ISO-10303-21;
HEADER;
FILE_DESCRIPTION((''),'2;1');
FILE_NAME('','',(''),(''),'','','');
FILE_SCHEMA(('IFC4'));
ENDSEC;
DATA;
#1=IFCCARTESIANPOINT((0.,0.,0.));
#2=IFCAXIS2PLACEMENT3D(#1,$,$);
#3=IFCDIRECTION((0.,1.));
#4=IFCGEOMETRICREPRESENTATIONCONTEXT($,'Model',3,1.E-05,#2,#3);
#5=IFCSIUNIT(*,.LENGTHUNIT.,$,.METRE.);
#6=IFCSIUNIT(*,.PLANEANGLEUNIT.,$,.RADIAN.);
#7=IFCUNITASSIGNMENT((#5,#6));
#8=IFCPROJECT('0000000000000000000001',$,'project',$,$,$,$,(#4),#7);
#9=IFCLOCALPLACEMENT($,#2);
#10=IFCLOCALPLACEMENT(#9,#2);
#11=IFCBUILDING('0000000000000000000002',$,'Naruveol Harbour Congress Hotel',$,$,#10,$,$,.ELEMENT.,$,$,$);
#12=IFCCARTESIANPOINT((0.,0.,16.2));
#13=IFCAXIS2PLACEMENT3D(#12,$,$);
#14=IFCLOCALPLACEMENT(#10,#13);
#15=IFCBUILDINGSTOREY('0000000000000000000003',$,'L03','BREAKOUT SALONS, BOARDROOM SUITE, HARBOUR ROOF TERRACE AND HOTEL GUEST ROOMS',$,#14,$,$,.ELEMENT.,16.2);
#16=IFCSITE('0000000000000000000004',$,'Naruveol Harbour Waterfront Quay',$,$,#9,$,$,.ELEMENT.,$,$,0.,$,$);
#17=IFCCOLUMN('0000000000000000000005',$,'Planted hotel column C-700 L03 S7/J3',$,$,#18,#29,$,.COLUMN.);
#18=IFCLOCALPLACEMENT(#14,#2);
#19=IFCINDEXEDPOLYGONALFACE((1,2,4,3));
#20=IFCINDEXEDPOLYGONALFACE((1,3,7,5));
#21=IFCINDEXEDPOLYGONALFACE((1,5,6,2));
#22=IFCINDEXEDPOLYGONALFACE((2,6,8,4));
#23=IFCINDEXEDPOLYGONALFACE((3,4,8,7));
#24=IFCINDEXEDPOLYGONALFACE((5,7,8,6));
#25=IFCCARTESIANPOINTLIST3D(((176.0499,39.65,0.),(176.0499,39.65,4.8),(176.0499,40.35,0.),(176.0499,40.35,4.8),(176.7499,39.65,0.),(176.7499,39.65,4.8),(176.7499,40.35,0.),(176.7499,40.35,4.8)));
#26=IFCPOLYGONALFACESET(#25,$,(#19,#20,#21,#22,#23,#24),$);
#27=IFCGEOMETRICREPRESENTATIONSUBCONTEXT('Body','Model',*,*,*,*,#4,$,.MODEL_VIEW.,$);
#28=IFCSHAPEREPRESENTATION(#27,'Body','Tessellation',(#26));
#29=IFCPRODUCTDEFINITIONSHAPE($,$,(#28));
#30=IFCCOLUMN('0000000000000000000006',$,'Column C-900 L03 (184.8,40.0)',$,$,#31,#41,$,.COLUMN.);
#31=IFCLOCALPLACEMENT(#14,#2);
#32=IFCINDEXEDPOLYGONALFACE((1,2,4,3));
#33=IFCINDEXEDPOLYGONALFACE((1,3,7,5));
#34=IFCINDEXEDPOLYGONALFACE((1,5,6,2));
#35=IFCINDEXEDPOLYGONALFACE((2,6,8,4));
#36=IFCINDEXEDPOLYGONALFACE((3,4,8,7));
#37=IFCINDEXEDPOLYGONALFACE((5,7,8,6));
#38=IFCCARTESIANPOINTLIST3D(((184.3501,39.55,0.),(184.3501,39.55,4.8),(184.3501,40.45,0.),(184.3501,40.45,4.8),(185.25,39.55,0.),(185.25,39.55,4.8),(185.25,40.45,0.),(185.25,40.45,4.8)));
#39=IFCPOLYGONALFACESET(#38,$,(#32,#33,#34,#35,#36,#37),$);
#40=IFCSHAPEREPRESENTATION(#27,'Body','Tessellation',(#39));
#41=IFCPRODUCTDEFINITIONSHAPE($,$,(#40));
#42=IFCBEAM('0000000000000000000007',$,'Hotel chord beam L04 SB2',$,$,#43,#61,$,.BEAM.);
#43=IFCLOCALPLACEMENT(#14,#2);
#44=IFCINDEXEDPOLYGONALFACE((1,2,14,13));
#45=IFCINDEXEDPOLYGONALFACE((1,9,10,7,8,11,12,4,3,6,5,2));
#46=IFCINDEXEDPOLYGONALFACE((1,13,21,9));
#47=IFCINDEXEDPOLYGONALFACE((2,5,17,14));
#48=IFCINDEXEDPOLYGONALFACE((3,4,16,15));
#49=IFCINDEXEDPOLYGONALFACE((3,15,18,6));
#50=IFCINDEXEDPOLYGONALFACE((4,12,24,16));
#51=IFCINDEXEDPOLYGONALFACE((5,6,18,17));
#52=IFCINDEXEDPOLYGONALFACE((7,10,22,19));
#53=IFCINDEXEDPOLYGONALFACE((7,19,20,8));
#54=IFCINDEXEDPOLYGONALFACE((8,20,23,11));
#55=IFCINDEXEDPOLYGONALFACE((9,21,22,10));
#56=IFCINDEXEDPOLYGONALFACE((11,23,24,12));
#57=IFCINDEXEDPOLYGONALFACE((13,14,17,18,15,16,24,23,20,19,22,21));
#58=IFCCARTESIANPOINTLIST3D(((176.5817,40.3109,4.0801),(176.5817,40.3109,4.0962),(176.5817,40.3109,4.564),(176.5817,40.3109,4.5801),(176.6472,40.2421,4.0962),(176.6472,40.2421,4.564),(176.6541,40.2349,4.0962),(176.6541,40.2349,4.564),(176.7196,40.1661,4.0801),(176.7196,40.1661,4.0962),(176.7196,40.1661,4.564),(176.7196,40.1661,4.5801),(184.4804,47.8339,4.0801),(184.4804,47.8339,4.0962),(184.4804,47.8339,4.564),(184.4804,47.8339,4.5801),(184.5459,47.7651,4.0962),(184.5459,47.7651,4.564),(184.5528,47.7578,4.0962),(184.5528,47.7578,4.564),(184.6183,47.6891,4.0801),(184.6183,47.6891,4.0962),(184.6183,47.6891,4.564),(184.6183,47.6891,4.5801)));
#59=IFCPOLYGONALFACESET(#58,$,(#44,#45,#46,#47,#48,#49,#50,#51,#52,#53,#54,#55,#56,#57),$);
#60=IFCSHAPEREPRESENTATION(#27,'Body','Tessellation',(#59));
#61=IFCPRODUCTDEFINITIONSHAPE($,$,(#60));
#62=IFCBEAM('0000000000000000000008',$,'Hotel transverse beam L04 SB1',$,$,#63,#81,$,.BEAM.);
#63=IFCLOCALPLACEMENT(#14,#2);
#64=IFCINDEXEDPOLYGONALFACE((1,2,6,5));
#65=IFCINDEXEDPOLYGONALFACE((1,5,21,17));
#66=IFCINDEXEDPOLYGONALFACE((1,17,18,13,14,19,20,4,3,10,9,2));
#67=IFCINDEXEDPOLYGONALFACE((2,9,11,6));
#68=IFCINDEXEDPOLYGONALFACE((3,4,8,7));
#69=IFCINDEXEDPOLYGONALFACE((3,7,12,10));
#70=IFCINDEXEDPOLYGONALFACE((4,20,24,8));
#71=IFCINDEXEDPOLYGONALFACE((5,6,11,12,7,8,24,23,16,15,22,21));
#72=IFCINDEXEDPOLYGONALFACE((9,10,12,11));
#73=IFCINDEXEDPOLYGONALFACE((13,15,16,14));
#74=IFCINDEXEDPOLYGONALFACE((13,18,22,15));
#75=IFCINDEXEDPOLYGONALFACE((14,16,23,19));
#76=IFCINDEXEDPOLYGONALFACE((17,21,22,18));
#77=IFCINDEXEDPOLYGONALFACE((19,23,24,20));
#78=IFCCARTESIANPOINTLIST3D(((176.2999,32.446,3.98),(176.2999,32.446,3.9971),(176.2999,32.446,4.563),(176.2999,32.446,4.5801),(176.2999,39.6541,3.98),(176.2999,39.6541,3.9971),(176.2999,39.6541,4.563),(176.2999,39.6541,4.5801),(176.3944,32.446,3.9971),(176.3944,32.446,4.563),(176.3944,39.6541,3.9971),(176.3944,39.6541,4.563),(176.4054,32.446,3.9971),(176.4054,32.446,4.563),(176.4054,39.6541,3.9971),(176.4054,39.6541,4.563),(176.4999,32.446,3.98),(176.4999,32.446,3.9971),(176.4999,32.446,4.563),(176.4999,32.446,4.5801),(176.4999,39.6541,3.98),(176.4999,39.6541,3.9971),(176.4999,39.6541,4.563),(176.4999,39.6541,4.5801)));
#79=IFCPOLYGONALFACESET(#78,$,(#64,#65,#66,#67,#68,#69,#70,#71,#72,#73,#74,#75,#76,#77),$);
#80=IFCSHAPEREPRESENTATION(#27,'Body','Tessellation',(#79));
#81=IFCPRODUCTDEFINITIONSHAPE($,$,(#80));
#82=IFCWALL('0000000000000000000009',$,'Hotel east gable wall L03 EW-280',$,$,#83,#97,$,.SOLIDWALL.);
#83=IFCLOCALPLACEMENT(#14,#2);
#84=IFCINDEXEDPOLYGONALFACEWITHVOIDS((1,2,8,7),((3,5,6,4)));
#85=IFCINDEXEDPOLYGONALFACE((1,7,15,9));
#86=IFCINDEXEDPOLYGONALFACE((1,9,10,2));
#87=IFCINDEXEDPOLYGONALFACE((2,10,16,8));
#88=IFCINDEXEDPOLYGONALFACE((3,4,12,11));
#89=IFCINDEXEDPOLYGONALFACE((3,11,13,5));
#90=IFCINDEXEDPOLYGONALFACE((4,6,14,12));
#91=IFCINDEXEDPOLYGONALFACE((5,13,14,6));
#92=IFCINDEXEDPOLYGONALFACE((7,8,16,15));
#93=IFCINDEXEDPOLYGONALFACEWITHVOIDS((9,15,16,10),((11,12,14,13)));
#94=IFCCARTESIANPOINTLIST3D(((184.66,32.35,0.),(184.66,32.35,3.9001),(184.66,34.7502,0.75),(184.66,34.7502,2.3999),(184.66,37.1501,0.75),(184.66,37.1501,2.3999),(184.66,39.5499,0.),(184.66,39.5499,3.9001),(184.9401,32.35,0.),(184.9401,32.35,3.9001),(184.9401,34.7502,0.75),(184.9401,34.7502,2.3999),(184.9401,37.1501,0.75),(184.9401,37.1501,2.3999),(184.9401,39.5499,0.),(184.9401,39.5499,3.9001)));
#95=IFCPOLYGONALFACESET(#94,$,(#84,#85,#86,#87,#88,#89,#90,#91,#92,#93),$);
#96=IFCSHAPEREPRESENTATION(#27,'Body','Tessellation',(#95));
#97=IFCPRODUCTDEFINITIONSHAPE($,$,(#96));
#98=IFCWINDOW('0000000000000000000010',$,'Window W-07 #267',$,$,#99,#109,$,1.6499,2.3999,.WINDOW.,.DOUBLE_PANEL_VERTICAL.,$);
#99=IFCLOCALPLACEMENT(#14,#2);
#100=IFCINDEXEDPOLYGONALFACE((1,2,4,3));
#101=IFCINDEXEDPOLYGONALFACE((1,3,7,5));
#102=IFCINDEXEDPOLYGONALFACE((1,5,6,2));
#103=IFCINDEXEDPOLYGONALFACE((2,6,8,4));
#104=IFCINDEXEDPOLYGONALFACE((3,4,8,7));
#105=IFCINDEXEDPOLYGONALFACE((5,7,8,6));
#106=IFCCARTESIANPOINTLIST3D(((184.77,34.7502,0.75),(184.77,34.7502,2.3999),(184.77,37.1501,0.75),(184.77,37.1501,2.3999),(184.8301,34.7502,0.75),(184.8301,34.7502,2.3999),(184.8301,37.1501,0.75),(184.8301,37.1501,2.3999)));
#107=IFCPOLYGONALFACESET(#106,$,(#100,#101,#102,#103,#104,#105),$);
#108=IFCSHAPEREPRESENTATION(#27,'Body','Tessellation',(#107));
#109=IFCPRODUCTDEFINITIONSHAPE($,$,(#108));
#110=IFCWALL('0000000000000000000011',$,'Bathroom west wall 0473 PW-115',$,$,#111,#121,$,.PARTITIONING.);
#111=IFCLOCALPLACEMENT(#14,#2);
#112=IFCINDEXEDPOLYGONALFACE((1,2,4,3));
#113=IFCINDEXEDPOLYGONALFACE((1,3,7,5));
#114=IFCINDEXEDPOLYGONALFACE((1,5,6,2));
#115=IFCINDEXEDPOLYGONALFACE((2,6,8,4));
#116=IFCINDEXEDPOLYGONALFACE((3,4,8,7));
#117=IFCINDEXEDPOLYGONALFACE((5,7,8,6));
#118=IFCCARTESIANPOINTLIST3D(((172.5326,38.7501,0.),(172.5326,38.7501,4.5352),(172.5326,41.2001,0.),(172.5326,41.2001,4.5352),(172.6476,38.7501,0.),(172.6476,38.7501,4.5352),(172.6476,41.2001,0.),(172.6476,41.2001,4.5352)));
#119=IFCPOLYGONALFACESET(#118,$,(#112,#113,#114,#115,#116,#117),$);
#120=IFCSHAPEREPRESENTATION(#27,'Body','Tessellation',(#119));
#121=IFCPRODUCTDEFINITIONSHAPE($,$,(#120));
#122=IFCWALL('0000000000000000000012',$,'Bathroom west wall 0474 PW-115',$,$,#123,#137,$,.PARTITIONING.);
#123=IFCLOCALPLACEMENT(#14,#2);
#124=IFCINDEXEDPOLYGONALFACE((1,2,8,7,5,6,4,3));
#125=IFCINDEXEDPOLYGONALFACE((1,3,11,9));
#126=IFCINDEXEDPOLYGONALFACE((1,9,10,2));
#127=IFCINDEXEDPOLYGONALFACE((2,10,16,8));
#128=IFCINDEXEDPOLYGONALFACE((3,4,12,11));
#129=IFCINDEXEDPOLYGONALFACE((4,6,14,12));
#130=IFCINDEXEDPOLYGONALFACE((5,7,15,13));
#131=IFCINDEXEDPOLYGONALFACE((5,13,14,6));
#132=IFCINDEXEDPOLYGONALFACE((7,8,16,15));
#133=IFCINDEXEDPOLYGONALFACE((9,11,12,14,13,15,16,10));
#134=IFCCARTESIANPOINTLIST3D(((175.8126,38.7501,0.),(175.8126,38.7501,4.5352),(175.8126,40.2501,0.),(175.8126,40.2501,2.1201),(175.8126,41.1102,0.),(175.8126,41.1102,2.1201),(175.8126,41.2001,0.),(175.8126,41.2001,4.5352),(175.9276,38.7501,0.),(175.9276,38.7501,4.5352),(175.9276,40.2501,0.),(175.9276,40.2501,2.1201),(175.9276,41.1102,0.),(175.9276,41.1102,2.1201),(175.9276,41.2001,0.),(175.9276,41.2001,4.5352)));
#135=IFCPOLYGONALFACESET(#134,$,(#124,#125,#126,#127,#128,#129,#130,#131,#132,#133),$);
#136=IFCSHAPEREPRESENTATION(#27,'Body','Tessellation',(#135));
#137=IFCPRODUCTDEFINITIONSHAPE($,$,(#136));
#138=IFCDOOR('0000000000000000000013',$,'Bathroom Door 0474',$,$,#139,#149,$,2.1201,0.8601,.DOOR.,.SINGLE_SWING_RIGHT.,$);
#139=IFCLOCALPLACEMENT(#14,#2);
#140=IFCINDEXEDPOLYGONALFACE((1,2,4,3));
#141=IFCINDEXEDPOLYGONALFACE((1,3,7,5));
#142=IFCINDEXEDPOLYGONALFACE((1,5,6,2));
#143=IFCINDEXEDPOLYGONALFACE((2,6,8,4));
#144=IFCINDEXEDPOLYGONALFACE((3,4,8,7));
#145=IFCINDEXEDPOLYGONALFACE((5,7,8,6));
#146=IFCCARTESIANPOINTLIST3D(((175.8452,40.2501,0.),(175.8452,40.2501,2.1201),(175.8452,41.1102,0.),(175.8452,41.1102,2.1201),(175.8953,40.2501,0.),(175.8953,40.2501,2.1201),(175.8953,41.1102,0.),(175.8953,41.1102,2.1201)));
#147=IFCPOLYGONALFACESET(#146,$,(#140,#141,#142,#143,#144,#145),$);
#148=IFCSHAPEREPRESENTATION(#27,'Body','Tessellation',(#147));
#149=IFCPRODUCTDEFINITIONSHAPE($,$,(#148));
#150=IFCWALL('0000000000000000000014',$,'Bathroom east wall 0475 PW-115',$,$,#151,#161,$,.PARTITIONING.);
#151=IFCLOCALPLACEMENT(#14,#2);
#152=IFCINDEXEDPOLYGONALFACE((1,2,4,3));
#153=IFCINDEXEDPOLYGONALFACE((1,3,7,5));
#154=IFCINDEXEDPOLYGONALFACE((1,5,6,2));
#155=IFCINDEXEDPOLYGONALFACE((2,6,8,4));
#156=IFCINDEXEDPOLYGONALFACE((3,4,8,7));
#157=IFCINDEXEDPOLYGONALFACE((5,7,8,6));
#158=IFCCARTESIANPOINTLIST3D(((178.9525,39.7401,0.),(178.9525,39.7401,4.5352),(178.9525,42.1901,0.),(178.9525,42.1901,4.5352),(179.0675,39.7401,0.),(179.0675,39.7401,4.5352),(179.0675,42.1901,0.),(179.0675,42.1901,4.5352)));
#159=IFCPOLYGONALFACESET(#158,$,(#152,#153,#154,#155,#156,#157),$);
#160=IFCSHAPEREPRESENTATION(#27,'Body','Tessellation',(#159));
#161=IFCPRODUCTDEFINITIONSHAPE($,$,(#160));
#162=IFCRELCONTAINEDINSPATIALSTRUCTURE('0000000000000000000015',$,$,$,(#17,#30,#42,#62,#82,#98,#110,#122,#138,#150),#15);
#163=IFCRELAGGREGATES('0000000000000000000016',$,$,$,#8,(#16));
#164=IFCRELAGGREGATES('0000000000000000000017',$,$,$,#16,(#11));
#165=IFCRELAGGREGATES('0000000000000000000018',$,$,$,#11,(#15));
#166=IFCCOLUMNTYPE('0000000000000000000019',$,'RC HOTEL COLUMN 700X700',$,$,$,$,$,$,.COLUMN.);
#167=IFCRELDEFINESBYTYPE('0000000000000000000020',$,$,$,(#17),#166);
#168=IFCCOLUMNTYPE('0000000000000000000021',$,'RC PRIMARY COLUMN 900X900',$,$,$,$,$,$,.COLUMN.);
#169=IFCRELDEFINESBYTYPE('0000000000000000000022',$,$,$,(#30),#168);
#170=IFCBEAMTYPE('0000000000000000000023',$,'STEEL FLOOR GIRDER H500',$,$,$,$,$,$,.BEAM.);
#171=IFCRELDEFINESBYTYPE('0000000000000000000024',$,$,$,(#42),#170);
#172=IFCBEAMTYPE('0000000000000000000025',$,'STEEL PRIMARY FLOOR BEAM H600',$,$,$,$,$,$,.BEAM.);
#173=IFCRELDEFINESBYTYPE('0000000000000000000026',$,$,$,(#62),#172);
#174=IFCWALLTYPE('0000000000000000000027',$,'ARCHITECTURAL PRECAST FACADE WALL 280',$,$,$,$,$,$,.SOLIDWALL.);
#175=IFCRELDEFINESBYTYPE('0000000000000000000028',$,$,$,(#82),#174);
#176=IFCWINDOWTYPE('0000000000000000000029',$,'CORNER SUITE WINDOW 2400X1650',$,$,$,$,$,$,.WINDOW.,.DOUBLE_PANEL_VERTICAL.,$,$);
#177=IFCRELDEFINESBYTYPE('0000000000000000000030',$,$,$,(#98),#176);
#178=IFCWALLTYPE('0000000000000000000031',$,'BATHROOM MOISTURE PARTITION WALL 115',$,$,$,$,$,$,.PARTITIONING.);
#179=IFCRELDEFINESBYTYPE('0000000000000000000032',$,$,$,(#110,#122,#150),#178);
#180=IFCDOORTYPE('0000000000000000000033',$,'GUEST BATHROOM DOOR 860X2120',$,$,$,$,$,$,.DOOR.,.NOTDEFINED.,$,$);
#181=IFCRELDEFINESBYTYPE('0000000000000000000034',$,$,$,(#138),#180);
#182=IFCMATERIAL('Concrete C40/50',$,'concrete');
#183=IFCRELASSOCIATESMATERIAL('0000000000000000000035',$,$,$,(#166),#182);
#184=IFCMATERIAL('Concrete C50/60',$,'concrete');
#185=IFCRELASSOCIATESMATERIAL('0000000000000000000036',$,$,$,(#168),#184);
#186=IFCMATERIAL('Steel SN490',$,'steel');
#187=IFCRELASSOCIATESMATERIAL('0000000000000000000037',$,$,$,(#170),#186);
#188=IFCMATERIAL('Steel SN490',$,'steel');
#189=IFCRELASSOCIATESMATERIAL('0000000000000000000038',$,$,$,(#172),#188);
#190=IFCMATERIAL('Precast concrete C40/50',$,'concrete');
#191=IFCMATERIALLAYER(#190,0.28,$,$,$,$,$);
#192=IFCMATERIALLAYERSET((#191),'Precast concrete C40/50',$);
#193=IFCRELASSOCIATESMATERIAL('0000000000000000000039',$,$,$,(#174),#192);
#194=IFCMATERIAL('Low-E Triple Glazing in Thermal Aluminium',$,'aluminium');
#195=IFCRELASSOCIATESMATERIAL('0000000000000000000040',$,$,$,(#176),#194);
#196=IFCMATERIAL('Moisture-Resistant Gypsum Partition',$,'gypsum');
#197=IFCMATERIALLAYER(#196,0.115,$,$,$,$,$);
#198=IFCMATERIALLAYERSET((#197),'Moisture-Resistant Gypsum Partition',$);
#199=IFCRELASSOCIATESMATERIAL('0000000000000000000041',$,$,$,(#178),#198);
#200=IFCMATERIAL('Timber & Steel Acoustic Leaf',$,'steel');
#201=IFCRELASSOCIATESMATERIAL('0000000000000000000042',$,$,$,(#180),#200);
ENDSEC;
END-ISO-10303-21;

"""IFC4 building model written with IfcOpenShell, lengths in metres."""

from ifc_helpers import new_model, si_unit, direction, frame, frame_2d, origin, origin_2d, place, context, subcontext, project, spatial, rectangle, i_section, extrude, material, layer, layer_set, material_profile, profile_set, type_object, element, fill, save


model = new_model("IFC4")

# Units and contexts
model_context = context("Model", 3, precision=1e-05, world=origin(), true_north=direction((0.0, 1.0)))
body_context = subcontext(model_context, "Body", "Model", "MODEL_VIEW")
ifc_project = project(units=[si_unit("LENGTHUNIT", "METRE"), si_unit("PLANEANGLEUNIT", "RADIAN")], contexts=[model_context])

# Site, building, storey
site_placement = place(None, origin())
site = spatial("IfcSite", under=ifc_project, at=site_placement, Name="Naruveol Harbour Waterfront Quay", CompositionType="ELEMENT", RefElevation=0.0)
building_placement = place(site_placement, origin())
building = spatial("IfcBuilding", under=site, at=building_placement, Name="Naruveol Harbour Congress Hotel", CompositionType="ELEMENT")
storey_placement = place(building_placement, frame((0.0, 0.0, 16.2)))
storey = spatial("IfcBuildingStorey", under=building, at=storey_placement, Name="L03", Description="BREAKOUT SALONS, BOARDROOM SUITE, HARBOUR ROOF TERRACE AND HOTEL GUEST ROOMS", CompositionType="ELEMENT", Elevation=16.2)

# Columns
ifc_material_1 = material(Name="Concrete C40/50", Category="concrete")
ifc_material_profile_1 = material_profile(ifc_material_1, rectangle(XDim=0.7, YDim=0.7, at=origin_2d()), Name="RC-700x700")
ifc_profile_set_1 = profile_set([ifc_material_profile_1], Name="Concrete C40/50")
column_type_1 = type_object("IfcColumnType", Name="RC HOTEL COLUMN 700X700", PredefinedType="COLUMN", material=ifc_profile_set_1)
column_1_placement = place(storey_placement, frame((176.3999, 40.0, 0.0), z_axis=(0.0, 0.0, 1.0), x_axis=(1.0, 0.0, 0.0)))
element("IfcColumn", 1, at=column_1_placement, inside=storey, type_object=column_type_1, Name="Planted hotel column C-700 L03 S7/J3", PredefinedType="COLUMN", context=body_context, shape_type="SweptSolid", body=[
    extrude(rectangle(XDim=0.7, YDim=0.7, at=origin_2d()), origin(), (0.0, 0.0, 1.0), 4.8),
])
ifc_material_2 = material(Name="Concrete C50/60", Category="concrete")
ifc_material_profile_2 = material_profile(ifc_material_2, rectangle(XDim=0.8999, YDim=0.8999, at=origin_2d()), Name="RC-900x900")
ifc_profile_set_2 = profile_set([ifc_material_profile_2], Name="Concrete C50/60")
column_type_2 = type_object("IfcColumnType", Name="RC PRIMARY COLUMN 900X900", PredefinedType="COLUMN", material=ifc_profile_set_2)
column_2_placement = place(storey_placement, frame((184.8, 40.0, 0.0), z_axis=(0.0, 0.0, 1.0), x_axis=(1.0, 0.0, 0.0)))
element("IfcColumn", 2, at=column_2_placement, inside=storey, type_object=column_type_2, Name="Column C-900 L03 (184.8,40.0)", PredefinedType="COLUMN", context=body_context, shape_type="SweptSolid", body=[
    extrude(rectangle(XDim=0.8999, YDim=0.8999, at=origin_2d()), origin(), (0.0, 0.0, 1.0), 4.8),
])

# Beams
ifc_material_3 = material(Name="Steel SN490", Category="steel")
ifc_material_profile_3 = material_profile(ifc_material_3, i_section(OverallWidth=0.2, OverallDepth=0.5, WebThickness=0.01, FlangeThickness=0.0161, at=origin_2d()), Name="H-500x200x10x16")
ifc_profile_set_3 = profile_set([ifc_material_profile_3], Name="Steel SN490")
beam_type_1 = type_object("IfcBeamType", Name="STEEL FLOOR GIRDER H500", PredefinedType="BEAM", material=ifc_profile_set_3)
beam_1_placement = place(storey_placement, frame((176.6506, 40.2385, 4.3301), z_axis=(0.72412, 0.689674, 0.0), x_axis=(-0.689674, 0.72412, 0.0)))
element("IfcBeam", 3, at=beam_1_placement, inside=storey, type_object=beam_type_1, Name="Hotel chord beam L04 SB2", PredefinedType="BEAM", context=body_context, shape_type="SweptSolid", body=[
    extrude(i_section(OverallWidth=0.2, OverallDepth=0.5, WebThickness=0.01, FlangeThickness=0.0161, at=origin_2d()), origin(), (0.0, 0.0, 1.0), 10.908),
])
ifc_material_4 = material(Name="Steel SN490", Category="steel")
ifc_material_profile_4 = material_profile(ifc_material_4, i_section(OverallWidth=0.2, OverallDepth=0.6001, WebThickness=0.011, FlangeThickness=0.0171, at=origin_2d()), Name="H-600x200x11x17")
ifc_profile_set_4 = profile_set([ifc_material_profile_4], Name="Steel SN490")
beam_type_2 = type_object("IfcBeamType", Name="STEEL PRIMARY FLOOR BEAM H600", PredefinedType="BEAM", material=ifc_profile_set_4)
beam_2_placement = place(storey_placement, frame((176.3999, 32.446, 4.28), z_axis=(0.0, 1.0, 0.0), x_axis=(-1.0, 0.0, 0.0)))
element("IfcBeam", 4, at=beam_2_placement, inside=storey, type_object=beam_type_2, Name="Hotel transverse beam L04 SB1", PredefinedType="BEAM", context=body_context, shape_type="SweptSolid", body=[
    extrude(i_section(OverallWidth=0.2, OverallDepth=0.6001, WebThickness=0.011, FlangeThickness=0.0171, at=origin_2d()), origin(), (0.0, 0.0, 1.0), 7.208),
])

# Wall, opening, window
ifc_material_5 = material(Name="Precast concrete C40/50", Category="concrete")
ifc_layer_1 = layer(ifc_material_5, 0.28)
ifc_layer_set_1 = layer_set([ifc_layer_1], Name="Precast concrete C40/50")
wall_type_1 = type_object("IfcWallType", Name="ARCHITECTURAL PRECAST FACADE WALL 280", PredefinedType="SOLIDWALL", material=ifc_layer_set_1)
wall_1_placement = place(storey_placement, frame((184.8, 39.55, 0.0), z_axis=(0.0, 0.0, 1.0), x_axis=(0.0, -1.0, 0.0)))
wall_1 = element("IfcWall", 5, at=wall_1_placement, inside=storey, type_object=wall_type_1, Name="Hotel east gable wall L03 EW-280", PredefinedType="SOLIDWALL", context=body_context, shape_type="SweptSolid", body=[
    extrude(rectangle(XDim=7.2, YDim=0.28, at=frame_2d((3.6001, 0.0))), origin(), (0.0, 0.0, 1.0), 3.9001),
])
opening_1_placement = place(wall_1_placement, frame((2.3999, 0.0, 0.75)))
opening_1 = element("IfcOpeningElement", 6, at=opening_1_placement, cuts=wall_1, PredefinedType="OPENING", context=body_context, shape_type="SweptSolid", body=[
    extrude(rectangle(XDim=2.3999, YDim=1.6499, at=frame_2d((1.2, 0.825))), frame((0.0, 0.1499, 0.0), z_axis=(0.0, -1.0, 0.0), x_axis=(1.0, 0.0, 0.0)), (0.0, 0.0, 1.0), 0.3),
])
ifc_material_6 = material(Name="Low-E Triple Glazing in Thermal Aluminium", Category="aluminium")
window_type = type_object("IfcWindowType", Name="CORNER SUITE WINDOW 2400X1650", PartitioningType="DOUBLE_PANEL_VERTICAL", PredefinedType="WINDOW", material=ifc_material_6)
window_placement = place(opening_1_placement, origin())
window = element("IfcWindow", 7, at=window_placement, inside=storey, type_object=window_type, Name="Window W-07 #267", OverallHeight=1.6499, OverallWidth=2.3999, PartitioningType="DOUBLE_PANEL_VERTICAL", PredefinedType="WINDOW", context=body_context, shape_type="SweptSolid", body=[
    extrude(rectangle(XDim=2.3999, YDim=1.6499, at=frame_2d((1.2, 0.825))), frame((0.0, 0.03, 0.0), z_axis=(0.0, -1.0, 0.0), x_axis=(1.0, 0.0, 0.0)), (0.0, 0.0, 1.0), 0.0601),
])
fill(opening_1, window)

# Wall
ifc_material_7 = material(Name="Moisture-Resistant Gypsum Partition", Category="gypsum")
ifc_layer_2 = layer(ifc_material_7, 0.115)
ifc_layer_set_2 = layer_set([ifc_layer_2], Name="Moisture-Resistant Gypsum Partition")
wall_type_2 = type_object("IfcWallType", Name="BATHROOM MOISTURE PARTITION WALL 115", PredefinedType="PARTITIONING", material=ifc_layer_set_2)
wall_2_placement = place(storey_placement, frame((172.5901, 38.75, 0.0), z_axis=(0.0, 0.0, 1.0), x_axis=(0.0, 1.0, 0.0)))
element("IfcWall", 8, at=wall_2_placement, inside=storey, type_object=wall_type_2, Name="Bathroom west wall 0473 PW-115", PredefinedType="PARTITIONING", context=body_context, shape_type="SweptSolid", body=[
    extrude(rectangle(XDim=2.45, YDim=0.115, at=frame_2d((1.2251, 0.0))), origin(), (0.0, 0.0, 1.0), 4.5352),
])

# Wall, opening, door
wall_3_placement = place(storey_placement, frame((175.8701, 38.75, 0.0), z_axis=(0.0, 0.0, 1.0), x_axis=(0.0, 1.0, 0.0)))
wall_3 = element("IfcWall", 9, at=wall_3_placement, inside=storey, type_object=wall_type_2, Name="Bathroom west wall 0474 PW-115", PredefinedType="PARTITIONING", context=body_context, shape_type="SweptSolid", body=[
    extrude(rectangle(XDim=2.45, YDim=0.115, at=frame_2d((1.2251, 0.0))), origin(), (0.0, 0.0, 1.0), 4.5352),
])
opening_2_placement = place(wall_3_placement, frame((1.5, 0.0, 0.0)))
opening_2 = element("IfcOpeningElement", 10, at=opening_2_placement, cuts=wall_3, PredefinedType="OPENING", context=body_context, shape_type="SweptSolid", body=[
    extrude(rectangle(XDim=0.8601, YDim=2.1201, at=frame_2d((0.4302, 1.0601))), frame((0.0, 0.0674, 0.0), z_axis=(0.0, -1.0, 0.0), x_axis=(1.0, 0.0, 0.0)), (0.0, 0.0, 1.0), 0.135),
])
ifc_material_8 = material(Name="Timber & Steel Acoustic Leaf", Category="steel")
door_type_1 = type_object("IfcDoorType", Name="GUEST BATHROOM DOOR 860X2120", OperationType="NOTDEFINED", PredefinedType="DOOR", material=ifc_material_8)
door_1_placement = place(opening_2_placement, origin())
door_1 = element("IfcDoor", 11, at=door_1_placement, inside=storey, type_object=door_type_1, Name="Bathroom Door 0474", OperationType="SINGLE_SWING_RIGHT", OverallHeight=2.1201, OverallWidth=0.8601, PredefinedType="DOOR", context=body_context, shape_type="SweptSolid", body=[
    extrude(rectangle(XDim=0.8601, YDim=2.1201, at=frame_2d((0.4302, 1.0601))), frame((0.0, 0.0249, 0.0), z_axis=(0.0, -1.0, 0.0), x_axis=(1.0, 0.0, 0.0)), (0.0, 0.0, 1.0), 0.05),
])
fill(opening_2, door_1)

# Wall
wall_4_placement = place(storey_placement, frame((179.01, 39.74, 0.0), z_axis=(0.0, 0.0, 1.0), x_axis=(0.0, 1.0, 0.0)))
element("IfcWall", 12, at=wall_4_placement, inside=storey, type_object=wall_type_2, Name="Bathroom east wall 0475 PW-115", PredefinedType="PARTITIONING", context=body_context, shape_type="SweptSolid", body=[
    extrude(rectangle(XDim=2.45, YDim=0.115, at=frame_2d((1.2251, 0.0))), origin(), (0.0, 0.0, 1.0), 4.5352),
])

save(model, "model.ifc")
